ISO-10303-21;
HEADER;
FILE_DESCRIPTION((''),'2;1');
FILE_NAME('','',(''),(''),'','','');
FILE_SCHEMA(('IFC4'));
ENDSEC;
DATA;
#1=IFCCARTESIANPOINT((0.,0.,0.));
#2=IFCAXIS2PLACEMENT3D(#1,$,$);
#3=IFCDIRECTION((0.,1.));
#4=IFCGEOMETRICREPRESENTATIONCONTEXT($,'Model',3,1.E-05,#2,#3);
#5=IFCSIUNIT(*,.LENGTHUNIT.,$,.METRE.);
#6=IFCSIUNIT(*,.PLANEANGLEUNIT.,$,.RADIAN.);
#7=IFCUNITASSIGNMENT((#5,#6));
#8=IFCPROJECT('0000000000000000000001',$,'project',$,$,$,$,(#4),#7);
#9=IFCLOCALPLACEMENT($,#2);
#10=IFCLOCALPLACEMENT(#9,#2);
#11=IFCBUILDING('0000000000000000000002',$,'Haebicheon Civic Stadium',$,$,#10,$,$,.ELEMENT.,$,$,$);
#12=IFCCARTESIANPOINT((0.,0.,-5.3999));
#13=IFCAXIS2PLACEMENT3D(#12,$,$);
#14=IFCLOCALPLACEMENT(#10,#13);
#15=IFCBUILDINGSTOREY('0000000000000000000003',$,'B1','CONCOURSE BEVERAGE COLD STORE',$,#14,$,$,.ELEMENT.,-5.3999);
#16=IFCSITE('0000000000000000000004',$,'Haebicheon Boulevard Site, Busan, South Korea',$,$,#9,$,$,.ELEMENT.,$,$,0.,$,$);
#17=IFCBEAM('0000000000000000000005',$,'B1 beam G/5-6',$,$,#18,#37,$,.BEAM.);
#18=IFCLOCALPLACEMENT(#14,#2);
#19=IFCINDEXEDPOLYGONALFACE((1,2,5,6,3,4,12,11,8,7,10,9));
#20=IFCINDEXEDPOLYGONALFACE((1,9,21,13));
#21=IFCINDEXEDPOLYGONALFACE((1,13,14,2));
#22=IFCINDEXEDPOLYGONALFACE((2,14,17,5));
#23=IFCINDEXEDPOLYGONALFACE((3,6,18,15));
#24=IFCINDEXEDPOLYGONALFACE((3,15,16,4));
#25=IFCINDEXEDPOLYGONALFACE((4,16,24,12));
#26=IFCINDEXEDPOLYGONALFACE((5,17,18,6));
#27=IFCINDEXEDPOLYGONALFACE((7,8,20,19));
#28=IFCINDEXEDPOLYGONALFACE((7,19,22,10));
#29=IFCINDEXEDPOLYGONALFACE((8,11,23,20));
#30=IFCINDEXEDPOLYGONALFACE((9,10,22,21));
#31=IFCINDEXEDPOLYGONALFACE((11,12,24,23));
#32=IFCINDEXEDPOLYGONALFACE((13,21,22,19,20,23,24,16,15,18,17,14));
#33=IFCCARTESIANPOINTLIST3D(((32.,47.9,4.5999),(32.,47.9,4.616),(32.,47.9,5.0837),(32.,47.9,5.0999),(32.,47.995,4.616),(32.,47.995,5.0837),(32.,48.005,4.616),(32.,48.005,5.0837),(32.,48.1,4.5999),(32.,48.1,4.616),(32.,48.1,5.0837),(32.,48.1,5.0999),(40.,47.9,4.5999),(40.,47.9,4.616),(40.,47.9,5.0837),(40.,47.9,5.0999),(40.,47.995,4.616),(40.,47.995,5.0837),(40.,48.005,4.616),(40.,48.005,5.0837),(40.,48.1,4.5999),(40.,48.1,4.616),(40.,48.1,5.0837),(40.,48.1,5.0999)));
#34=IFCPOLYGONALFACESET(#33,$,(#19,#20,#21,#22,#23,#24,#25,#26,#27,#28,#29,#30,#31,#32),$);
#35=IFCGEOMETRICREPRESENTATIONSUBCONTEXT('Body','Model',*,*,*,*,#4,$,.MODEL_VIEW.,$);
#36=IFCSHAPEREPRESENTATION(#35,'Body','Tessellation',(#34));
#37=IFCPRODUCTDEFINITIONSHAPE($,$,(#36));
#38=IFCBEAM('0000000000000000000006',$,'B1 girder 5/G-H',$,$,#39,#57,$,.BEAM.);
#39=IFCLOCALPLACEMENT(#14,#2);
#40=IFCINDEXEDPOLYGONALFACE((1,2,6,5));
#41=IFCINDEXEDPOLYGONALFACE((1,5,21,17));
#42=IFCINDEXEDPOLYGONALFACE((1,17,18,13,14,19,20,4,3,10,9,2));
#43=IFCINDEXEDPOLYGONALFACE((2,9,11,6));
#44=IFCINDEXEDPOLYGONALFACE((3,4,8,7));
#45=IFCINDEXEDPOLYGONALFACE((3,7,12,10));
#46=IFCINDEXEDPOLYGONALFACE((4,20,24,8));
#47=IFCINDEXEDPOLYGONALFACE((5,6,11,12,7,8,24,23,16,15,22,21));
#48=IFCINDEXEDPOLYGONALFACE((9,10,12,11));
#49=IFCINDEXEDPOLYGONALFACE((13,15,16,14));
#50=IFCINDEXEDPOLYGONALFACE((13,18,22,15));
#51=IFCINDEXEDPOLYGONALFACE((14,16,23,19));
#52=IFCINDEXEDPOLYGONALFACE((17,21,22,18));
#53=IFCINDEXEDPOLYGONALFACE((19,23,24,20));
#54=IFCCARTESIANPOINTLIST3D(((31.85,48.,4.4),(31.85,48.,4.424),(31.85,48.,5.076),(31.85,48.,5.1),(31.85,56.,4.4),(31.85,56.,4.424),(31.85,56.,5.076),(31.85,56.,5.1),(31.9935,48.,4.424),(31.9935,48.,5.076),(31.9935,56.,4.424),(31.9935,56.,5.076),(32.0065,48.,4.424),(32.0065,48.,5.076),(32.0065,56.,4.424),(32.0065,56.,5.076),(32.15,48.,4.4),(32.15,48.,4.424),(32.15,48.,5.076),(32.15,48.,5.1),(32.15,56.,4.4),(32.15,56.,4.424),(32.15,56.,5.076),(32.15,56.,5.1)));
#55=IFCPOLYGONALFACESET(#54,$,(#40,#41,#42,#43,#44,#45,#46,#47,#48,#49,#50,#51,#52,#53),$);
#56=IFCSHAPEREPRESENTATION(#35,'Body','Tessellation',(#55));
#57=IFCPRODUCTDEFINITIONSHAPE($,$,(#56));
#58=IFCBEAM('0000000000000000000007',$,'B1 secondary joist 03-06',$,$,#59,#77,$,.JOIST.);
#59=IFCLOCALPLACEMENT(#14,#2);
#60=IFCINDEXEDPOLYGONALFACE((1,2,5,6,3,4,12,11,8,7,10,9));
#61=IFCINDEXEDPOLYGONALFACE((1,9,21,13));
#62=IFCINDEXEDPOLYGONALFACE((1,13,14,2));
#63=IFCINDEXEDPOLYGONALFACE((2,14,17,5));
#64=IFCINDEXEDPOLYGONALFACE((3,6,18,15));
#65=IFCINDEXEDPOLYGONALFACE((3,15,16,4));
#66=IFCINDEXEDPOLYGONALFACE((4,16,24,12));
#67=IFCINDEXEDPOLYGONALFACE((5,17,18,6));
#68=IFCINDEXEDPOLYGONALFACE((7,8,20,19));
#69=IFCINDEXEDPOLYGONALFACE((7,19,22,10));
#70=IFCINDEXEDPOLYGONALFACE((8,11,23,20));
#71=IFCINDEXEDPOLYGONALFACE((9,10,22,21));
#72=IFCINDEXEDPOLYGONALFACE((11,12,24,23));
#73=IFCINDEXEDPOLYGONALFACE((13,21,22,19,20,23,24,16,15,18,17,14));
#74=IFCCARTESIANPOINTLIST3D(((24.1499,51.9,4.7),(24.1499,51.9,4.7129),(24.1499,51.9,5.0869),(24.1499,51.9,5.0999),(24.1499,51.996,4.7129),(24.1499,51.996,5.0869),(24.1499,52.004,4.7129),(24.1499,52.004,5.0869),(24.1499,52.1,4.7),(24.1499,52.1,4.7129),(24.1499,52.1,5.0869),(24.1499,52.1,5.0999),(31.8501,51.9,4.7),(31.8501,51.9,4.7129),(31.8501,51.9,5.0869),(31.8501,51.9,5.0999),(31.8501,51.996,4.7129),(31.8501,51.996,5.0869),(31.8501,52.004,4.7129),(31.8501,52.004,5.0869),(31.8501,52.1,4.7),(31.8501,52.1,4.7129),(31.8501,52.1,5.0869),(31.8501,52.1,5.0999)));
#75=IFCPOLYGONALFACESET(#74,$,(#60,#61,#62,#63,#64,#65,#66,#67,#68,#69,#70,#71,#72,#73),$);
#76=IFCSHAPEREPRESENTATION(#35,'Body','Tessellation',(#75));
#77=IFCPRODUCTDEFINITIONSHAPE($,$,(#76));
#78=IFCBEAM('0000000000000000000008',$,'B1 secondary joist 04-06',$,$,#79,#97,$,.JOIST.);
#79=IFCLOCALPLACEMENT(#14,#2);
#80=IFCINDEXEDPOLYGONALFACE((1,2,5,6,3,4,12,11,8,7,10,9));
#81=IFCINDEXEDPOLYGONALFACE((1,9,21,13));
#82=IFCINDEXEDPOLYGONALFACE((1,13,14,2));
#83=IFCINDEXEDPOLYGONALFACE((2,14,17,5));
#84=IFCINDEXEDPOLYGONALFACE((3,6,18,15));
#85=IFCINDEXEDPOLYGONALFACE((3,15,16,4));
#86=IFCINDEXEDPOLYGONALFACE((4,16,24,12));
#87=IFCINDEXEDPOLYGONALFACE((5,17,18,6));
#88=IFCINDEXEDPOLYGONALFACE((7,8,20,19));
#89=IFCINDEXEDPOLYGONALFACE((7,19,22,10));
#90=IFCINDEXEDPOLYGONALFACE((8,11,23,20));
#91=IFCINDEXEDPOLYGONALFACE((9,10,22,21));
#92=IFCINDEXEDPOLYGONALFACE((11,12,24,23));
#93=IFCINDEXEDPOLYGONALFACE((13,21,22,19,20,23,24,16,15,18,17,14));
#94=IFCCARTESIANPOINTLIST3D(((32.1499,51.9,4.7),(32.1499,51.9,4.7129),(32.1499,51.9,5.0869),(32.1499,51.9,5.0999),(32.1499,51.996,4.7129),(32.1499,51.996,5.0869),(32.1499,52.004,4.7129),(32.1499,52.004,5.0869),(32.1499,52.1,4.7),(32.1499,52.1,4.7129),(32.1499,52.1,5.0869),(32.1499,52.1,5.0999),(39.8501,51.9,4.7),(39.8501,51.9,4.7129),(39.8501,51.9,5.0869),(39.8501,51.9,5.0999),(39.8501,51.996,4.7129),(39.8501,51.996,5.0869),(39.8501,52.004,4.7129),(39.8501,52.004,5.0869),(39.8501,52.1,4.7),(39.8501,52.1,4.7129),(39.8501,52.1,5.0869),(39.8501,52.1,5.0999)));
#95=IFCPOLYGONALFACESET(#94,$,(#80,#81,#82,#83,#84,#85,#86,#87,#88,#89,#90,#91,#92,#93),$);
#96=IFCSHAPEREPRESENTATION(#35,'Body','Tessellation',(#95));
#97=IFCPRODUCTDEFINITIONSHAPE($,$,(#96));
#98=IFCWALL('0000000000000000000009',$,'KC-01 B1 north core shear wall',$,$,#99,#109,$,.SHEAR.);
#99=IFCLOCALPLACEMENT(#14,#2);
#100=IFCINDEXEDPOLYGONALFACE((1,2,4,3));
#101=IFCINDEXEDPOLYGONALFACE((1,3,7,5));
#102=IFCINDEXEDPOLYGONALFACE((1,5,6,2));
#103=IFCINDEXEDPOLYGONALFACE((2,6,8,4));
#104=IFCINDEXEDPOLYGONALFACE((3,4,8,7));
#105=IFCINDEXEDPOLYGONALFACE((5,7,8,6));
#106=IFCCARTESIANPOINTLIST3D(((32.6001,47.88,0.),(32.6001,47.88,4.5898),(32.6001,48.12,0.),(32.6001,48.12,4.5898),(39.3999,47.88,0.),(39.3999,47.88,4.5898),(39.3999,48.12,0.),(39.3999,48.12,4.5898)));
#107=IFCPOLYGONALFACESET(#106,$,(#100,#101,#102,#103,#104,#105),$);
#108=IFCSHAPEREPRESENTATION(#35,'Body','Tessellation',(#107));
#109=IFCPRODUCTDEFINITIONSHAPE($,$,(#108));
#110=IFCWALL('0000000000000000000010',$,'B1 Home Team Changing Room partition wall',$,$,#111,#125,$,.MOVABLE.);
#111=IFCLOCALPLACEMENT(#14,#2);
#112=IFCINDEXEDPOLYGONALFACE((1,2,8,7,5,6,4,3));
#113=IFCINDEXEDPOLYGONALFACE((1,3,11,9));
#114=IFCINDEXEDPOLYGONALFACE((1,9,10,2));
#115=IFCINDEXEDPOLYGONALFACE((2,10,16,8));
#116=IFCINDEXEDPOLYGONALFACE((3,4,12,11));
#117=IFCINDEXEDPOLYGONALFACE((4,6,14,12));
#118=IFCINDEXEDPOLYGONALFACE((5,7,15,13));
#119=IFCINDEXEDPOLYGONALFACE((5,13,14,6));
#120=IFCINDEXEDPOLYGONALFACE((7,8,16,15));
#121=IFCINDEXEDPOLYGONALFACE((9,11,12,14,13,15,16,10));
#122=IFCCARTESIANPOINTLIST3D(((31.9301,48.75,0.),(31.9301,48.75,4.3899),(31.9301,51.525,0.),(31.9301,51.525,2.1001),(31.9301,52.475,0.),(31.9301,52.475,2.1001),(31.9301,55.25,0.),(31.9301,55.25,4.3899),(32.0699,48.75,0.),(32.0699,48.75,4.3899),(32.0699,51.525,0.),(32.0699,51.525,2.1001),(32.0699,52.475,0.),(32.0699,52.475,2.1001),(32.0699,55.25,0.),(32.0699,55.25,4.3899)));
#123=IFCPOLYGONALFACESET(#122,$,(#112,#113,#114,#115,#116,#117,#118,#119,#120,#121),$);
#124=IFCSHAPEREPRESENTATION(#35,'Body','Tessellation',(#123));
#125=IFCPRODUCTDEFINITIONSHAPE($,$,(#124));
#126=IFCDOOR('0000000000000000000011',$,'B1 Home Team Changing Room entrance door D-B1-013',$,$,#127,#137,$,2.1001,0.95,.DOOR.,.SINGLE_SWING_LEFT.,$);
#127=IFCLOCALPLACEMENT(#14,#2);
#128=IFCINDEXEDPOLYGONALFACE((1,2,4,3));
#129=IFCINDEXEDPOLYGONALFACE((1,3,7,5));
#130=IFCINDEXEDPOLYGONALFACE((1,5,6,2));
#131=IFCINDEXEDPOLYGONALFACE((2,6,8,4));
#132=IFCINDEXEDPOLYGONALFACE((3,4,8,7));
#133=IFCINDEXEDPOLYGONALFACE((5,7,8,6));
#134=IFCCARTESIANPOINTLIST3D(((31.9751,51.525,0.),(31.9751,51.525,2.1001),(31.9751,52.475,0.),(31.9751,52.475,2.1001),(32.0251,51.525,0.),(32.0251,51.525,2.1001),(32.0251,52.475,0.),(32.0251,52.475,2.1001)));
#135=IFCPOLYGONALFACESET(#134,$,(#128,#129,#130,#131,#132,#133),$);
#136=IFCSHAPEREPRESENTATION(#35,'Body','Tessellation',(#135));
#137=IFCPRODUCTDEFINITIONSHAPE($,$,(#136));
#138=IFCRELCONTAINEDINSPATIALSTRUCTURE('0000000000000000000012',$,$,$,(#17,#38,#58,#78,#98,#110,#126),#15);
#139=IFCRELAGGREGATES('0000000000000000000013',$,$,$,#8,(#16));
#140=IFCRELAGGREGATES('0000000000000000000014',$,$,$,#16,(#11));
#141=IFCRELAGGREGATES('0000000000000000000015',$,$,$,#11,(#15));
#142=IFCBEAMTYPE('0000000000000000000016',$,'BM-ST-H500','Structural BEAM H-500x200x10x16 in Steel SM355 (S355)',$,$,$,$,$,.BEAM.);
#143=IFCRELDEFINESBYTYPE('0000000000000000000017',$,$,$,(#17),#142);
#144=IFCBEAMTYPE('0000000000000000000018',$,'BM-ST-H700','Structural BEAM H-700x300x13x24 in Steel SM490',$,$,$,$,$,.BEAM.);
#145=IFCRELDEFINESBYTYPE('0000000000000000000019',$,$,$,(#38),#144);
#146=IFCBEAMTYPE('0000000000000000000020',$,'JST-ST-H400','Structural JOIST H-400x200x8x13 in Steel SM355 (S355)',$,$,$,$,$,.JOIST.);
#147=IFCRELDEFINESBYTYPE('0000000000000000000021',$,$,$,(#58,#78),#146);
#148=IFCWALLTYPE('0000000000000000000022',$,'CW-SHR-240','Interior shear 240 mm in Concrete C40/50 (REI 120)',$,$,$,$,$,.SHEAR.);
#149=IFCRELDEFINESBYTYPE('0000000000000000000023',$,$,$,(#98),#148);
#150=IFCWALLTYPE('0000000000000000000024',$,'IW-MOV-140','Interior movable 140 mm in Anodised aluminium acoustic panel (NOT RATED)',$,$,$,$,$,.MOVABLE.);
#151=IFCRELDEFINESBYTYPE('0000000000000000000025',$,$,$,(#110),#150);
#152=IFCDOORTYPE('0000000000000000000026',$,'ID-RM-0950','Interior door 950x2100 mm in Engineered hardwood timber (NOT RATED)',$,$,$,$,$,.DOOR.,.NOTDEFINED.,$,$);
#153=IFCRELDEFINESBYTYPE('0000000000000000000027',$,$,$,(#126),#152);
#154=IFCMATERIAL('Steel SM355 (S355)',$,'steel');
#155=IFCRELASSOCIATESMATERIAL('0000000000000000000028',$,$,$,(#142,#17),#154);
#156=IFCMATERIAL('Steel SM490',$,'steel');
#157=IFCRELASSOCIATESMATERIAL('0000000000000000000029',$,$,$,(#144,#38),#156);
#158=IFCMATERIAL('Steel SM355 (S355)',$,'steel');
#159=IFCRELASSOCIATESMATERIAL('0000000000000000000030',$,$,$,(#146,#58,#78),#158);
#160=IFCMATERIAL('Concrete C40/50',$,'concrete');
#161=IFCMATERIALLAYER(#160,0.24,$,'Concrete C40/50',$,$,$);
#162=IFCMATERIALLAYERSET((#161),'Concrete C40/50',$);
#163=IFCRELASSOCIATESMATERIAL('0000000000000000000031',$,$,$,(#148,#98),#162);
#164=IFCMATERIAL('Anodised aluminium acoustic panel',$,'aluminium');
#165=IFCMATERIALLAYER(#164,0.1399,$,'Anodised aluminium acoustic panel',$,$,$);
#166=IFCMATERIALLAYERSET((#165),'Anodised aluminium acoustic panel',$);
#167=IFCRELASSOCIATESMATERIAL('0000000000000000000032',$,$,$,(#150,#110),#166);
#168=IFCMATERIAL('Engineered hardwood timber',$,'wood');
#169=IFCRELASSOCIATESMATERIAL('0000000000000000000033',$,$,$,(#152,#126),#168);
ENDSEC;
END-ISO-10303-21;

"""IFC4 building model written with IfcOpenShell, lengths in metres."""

from ifc_helpers import new_model, si_unit, direction, frame, frame_2d, origin, origin_2d, place, context, subcontext, project, spatial, rectangle, i_section, extrude, material, layer, layer_set, material_profile, profile_set, type_object, element, fill, save


model = new_model("IFC4")

# Units and contexts
model_context = context("Model", 3, precision=1e-05, world=origin(), true_north=direction((0.0, 1.0)))
body_context = subcontext(model_context, "Body", "Model", "MODEL_VIEW")
ifc_project = project(units=[si_unit("LENGTHUNIT", "METRE"), si_unit("PLANEANGLEUNIT", "RADIAN")], contexts=[model_context])

# Site, building, storey
site_placement = place(None, origin())
site = spatial("IfcSite", under=ifc_project, at=site_placement, Name="Haebicheon Boulevard Site, Busan, South Korea", CompositionType="ELEMENT", RefElevation=0.0)
building_placement = place(site_placement, origin())
building = spatial("IfcBuilding", under=site, at=building_placement, Name="Haebicheon Civic Stadium", CompositionType="ELEMENT")
storey_placement = place(building_placement, frame((0.0, 0.0, -5.3999)))
storey = spatial("IfcBuildingStorey", under=building, at=storey_placement, Name="B1", Description="CONCOURSE BEVERAGE COLD STORE", CompositionType="ELEMENT", Elevation=-5.3999)

# Beams
ifc_material_1 = material(Name="Steel SM355 (S355)", Category="steel")
ifc_material_profile_1 = material_profile(ifc_material_1, i_section(OverallWidth=0.2, OverallDepth=0.5, WebThickness=0.01, FlangeThickness=0.0161, at=origin_2d()), Name="H-500x200x10x16")
ifc_profile_set_1 = profile_set([ifc_material_profile_1], Name="Steel SM355 (S355)")
beam_type_1 = type_object("IfcBeamType", Name="BM-ST-H500", Description="Structural BEAM H-500x200x10x16 in Steel SM355 (S355)", PredefinedType="BEAM", material=ifc_profile_set_1)
beam_1_placement = place(storey_placement, frame((32.0, 48.0, 4.8499), z_axis=(1.0, 0.0, 0.0), x_axis=(0.0, 1.0, 0.0)))
element("IfcBeam", 1, at=beam_1_placement, inside=storey, type_object=beam_type_1, material=ifc_profile_set_1, Name="B1 beam G/5-6", PredefinedType="BEAM", context=body_context, shape_type="SweptSolid", body=[
    extrude(i_section(OverallWidth=0.2, OverallDepth=0.5, WebThickness=0.01, FlangeThickness=0.0161, at=origin_2d()), origin(), (0.0, 0.0, 1.0), 8.0),
])
ifc_material_2 = material(Name="Steel SM490", Category="steel")
ifc_material_profile_2 = material_profile(ifc_material_2, i_section(OverallWidth=0.3, OverallDepth=0.7, WebThickness=0.0129, FlangeThickness=0.0239, at=origin_2d()), Name="H-700x300x13x24")
ifc_profile_set_2 = profile_set([ifc_material_profile_2], Name="Steel SM490")
beam_type_2 = type_object("IfcBeamType", Name="BM-ST-H700", Description="Structural BEAM H-700x300x13x24 in Steel SM490", PredefinedType="BEAM", material=ifc_profile_set_2)
beam_2_placement = place(storey_placement, frame((32.0, 48.0, 4.75), z_axis=(0.0, 1.0, 0.0), x_axis=(-1.0, 0.0, 0.0)))
element("IfcBeam", 2, at=beam_2_placement, inside=storey, type_object=beam_type_2, material=ifc_profile_set_2, Name="B1 girder 5/G-H", PredefinedType="BEAM", context=body_context, shape_type="SweptSolid", body=[
    extrude(i_section(OverallWidth=0.3, OverallDepth=0.7, WebThickness=0.0129, FlangeThickness=0.0239, at=origin_2d()), origin(), (0.0, 0.0, 1.0), 8.0),
])
ifc_material_3 = material(Name="Steel SM355 (S355)", Category="steel")
ifc_material_profile_3 = material_profile(ifc_material_3, i_section(OverallWidth=0.2, OverallDepth=0.3999, WebThickness=0.0081, FlangeThickness=0.0129, at=origin_2d()), Name="H-400x200x8x13")
ifc_profile_set_3 = profile_set([ifc_material_profile_3], Name="Steel SM355 (S355)")
beam_type_3 = type_object("IfcBeamType", Name="JST-ST-H400", Description="Structural JOIST H-400x200x8x13 in Steel SM355 (S355)", PredefinedType="JOIST", material=ifc_profile_set_3)
for number, where, z_axis, x_axis, name in (
    (3, (24.1499, 52.0, 4.8999), (1.0, 0.0, 0.0), (0.0, 1.0, 0.0), "B1 secondary joist 03-06"),
    (4, (32.1499, 52.0, 4.8999), (1.0, 0.0, 0.0), (0.0, 1.0, 0.0), "B1 secondary joist 04-06"),
):
    element("IfcBeam", number, at=place(storey_placement, frame(where, z_axis=z_axis, x_axis=x_axis)), inside=storey, type_object=beam_type_3, material=ifc_profile_set_3, Name=name, PredefinedType="JOIST", context=body_context, shape_type="SweptSolid", body=[
        extrude(i_section(OverallWidth=0.2, OverallDepth=0.3999, WebThickness=0.0081, FlangeThickness=0.0129, at=origin_2d()), origin(), (0.0, 0.0, 1.0), 7.7002),
    ])

# Wall
ifc_material_4 = material(Name="Concrete C40/50", Category="concrete")
ifc_layer_1 = layer(ifc_material_4, 0.24, Name="Concrete C40/50")
ifc_layer_set_1 = layer_set([ifc_layer_1], Name="Concrete C40/50")
wall_type_1 = type_object("IfcWallType", Name="CW-SHR-240", Description="Interior shear 240 mm in Concrete C40/50 (REI 120)", PredefinedType="SHEAR", material=ifc_layer_set_1)
wall_1_placement = place(storey_placement, frame((32.6001, 48.0, 0.0), z_axis=(0.0, 0.0, 1.0), x_axis=(1.0, 0.0, 0.0)))
element("IfcWall", 5, at=wall_1_placement, inside=storey, type_object=wall_type_1, material=ifc_layer_set_1, Name="KC-01 B1 north core shear wall", PredefinedType="SHEAR", context=body_context, shape_type="SweptSolid", body=[
    extrude(rectangle(XDim=6.7998, YDim=0.24, at=frame_2d((3.3999, 0.0))), origin(), (0.0, 0.0, 1.0), 4.5898),
])

# Wall, opening, door
ifc_material_5 = material(Name="Anodised aluminium acoustic panel", Category="aluminium")
ifc_layer_2 = layer(ifc_material_5, 0.1399, Name="Anodised aluminium acoustic panel")
ifc_layer_set_2 = layer_set([ifc_layer_2], Name="Anodised aluminium acoustic panel")
wall_type_2 = type_object("IfcWallType", Name="IW-MOV-140", Description="Interior movable 140 mm in Anodised aluminium acoustic panel (NOT RATED)", PredefinedType="MOVABLE", material=ifc_layer_set_2)
wall_2_placement = place(storey_placement, frame((32.0, 48.75, 0.0), z_axis=(0.0, 0.0, 1.0), x_axis=(0.0, 1.0, 0.0)))
wall_2 = element("IfcWall", 6, at=wall_2_placement, inside=storey, type_object=wall_type_2, material=ifc_layer_set_2, Name="B1 Home Team Changing Room partition wall", PredefinedType="MOVABLE", context=body_context, shape_type="SweptSolid", body=[
    extrude(rectangle(XDim=6.5, YDim=0.1399, at=frame_2d((3.25, 0.0))), origin(), (0.0, 0.0, 1.0), 4.3899),
])
opening_placement = place(wall_2_placement, frame((2.7749, 0.0, 0.0)))
opening = element("IfcOpeningElement", 7, at=opening_placement, cuts=wall_2, PredefinedType="OPENING", context=body_context, shape_type="SweptSolid", body=[
    extrude(rectangle(XDim=0.95, YDim=2.1001, at=frame_2d((0.4751, 1.05))), frame((0.0, 0.0798, 0.0), z_axis=(0.0, -1.0, 0.0), x_axis=(1.0, 0.0, 0.0)), (0.0, 0.0, 1.0), 0.1599),
])
ifc_material_6 = material(Name="Engineered hardwood timber", Category="wood")
door_type = type_object("IfcDoorType", Name="ID-RM-0950", Description="Interior door 950x2100 mm in Engineered hardwood timber (NOT RATED)", OperationType="NOTDEFINED", PredefinedType="DOOR", material=ifc_material_6)
door_placement = place(opening_placement, origin())
door = element("IfcDoor", 8, at=door_placement, inside=storey, type_object=door_type, material=ifc_material_6, Name="B1 Home Team Changing Room entrance door D-B1-013", OperationType="SINGLE_SWING_LEFT", OverallHeight=2.1001, OverallWidth=0.95, PredefinedType="DOOR", context=body_context, shape_type="SweptSolid", body=[
    extrude(rectangle(XDim=0.95, YDim=2.1001, at=frame_2d((0.4751, 1.05))), frame((0.0, 0.0249, 0.0), z_axis=(0.0, -1.0, 0.0), x_axis=(1.0, 0.0, 0.0)), (0.0, 0.0, 1.0), 0.05),
])
fill(opening, door)

save(model, "model.ifc")
